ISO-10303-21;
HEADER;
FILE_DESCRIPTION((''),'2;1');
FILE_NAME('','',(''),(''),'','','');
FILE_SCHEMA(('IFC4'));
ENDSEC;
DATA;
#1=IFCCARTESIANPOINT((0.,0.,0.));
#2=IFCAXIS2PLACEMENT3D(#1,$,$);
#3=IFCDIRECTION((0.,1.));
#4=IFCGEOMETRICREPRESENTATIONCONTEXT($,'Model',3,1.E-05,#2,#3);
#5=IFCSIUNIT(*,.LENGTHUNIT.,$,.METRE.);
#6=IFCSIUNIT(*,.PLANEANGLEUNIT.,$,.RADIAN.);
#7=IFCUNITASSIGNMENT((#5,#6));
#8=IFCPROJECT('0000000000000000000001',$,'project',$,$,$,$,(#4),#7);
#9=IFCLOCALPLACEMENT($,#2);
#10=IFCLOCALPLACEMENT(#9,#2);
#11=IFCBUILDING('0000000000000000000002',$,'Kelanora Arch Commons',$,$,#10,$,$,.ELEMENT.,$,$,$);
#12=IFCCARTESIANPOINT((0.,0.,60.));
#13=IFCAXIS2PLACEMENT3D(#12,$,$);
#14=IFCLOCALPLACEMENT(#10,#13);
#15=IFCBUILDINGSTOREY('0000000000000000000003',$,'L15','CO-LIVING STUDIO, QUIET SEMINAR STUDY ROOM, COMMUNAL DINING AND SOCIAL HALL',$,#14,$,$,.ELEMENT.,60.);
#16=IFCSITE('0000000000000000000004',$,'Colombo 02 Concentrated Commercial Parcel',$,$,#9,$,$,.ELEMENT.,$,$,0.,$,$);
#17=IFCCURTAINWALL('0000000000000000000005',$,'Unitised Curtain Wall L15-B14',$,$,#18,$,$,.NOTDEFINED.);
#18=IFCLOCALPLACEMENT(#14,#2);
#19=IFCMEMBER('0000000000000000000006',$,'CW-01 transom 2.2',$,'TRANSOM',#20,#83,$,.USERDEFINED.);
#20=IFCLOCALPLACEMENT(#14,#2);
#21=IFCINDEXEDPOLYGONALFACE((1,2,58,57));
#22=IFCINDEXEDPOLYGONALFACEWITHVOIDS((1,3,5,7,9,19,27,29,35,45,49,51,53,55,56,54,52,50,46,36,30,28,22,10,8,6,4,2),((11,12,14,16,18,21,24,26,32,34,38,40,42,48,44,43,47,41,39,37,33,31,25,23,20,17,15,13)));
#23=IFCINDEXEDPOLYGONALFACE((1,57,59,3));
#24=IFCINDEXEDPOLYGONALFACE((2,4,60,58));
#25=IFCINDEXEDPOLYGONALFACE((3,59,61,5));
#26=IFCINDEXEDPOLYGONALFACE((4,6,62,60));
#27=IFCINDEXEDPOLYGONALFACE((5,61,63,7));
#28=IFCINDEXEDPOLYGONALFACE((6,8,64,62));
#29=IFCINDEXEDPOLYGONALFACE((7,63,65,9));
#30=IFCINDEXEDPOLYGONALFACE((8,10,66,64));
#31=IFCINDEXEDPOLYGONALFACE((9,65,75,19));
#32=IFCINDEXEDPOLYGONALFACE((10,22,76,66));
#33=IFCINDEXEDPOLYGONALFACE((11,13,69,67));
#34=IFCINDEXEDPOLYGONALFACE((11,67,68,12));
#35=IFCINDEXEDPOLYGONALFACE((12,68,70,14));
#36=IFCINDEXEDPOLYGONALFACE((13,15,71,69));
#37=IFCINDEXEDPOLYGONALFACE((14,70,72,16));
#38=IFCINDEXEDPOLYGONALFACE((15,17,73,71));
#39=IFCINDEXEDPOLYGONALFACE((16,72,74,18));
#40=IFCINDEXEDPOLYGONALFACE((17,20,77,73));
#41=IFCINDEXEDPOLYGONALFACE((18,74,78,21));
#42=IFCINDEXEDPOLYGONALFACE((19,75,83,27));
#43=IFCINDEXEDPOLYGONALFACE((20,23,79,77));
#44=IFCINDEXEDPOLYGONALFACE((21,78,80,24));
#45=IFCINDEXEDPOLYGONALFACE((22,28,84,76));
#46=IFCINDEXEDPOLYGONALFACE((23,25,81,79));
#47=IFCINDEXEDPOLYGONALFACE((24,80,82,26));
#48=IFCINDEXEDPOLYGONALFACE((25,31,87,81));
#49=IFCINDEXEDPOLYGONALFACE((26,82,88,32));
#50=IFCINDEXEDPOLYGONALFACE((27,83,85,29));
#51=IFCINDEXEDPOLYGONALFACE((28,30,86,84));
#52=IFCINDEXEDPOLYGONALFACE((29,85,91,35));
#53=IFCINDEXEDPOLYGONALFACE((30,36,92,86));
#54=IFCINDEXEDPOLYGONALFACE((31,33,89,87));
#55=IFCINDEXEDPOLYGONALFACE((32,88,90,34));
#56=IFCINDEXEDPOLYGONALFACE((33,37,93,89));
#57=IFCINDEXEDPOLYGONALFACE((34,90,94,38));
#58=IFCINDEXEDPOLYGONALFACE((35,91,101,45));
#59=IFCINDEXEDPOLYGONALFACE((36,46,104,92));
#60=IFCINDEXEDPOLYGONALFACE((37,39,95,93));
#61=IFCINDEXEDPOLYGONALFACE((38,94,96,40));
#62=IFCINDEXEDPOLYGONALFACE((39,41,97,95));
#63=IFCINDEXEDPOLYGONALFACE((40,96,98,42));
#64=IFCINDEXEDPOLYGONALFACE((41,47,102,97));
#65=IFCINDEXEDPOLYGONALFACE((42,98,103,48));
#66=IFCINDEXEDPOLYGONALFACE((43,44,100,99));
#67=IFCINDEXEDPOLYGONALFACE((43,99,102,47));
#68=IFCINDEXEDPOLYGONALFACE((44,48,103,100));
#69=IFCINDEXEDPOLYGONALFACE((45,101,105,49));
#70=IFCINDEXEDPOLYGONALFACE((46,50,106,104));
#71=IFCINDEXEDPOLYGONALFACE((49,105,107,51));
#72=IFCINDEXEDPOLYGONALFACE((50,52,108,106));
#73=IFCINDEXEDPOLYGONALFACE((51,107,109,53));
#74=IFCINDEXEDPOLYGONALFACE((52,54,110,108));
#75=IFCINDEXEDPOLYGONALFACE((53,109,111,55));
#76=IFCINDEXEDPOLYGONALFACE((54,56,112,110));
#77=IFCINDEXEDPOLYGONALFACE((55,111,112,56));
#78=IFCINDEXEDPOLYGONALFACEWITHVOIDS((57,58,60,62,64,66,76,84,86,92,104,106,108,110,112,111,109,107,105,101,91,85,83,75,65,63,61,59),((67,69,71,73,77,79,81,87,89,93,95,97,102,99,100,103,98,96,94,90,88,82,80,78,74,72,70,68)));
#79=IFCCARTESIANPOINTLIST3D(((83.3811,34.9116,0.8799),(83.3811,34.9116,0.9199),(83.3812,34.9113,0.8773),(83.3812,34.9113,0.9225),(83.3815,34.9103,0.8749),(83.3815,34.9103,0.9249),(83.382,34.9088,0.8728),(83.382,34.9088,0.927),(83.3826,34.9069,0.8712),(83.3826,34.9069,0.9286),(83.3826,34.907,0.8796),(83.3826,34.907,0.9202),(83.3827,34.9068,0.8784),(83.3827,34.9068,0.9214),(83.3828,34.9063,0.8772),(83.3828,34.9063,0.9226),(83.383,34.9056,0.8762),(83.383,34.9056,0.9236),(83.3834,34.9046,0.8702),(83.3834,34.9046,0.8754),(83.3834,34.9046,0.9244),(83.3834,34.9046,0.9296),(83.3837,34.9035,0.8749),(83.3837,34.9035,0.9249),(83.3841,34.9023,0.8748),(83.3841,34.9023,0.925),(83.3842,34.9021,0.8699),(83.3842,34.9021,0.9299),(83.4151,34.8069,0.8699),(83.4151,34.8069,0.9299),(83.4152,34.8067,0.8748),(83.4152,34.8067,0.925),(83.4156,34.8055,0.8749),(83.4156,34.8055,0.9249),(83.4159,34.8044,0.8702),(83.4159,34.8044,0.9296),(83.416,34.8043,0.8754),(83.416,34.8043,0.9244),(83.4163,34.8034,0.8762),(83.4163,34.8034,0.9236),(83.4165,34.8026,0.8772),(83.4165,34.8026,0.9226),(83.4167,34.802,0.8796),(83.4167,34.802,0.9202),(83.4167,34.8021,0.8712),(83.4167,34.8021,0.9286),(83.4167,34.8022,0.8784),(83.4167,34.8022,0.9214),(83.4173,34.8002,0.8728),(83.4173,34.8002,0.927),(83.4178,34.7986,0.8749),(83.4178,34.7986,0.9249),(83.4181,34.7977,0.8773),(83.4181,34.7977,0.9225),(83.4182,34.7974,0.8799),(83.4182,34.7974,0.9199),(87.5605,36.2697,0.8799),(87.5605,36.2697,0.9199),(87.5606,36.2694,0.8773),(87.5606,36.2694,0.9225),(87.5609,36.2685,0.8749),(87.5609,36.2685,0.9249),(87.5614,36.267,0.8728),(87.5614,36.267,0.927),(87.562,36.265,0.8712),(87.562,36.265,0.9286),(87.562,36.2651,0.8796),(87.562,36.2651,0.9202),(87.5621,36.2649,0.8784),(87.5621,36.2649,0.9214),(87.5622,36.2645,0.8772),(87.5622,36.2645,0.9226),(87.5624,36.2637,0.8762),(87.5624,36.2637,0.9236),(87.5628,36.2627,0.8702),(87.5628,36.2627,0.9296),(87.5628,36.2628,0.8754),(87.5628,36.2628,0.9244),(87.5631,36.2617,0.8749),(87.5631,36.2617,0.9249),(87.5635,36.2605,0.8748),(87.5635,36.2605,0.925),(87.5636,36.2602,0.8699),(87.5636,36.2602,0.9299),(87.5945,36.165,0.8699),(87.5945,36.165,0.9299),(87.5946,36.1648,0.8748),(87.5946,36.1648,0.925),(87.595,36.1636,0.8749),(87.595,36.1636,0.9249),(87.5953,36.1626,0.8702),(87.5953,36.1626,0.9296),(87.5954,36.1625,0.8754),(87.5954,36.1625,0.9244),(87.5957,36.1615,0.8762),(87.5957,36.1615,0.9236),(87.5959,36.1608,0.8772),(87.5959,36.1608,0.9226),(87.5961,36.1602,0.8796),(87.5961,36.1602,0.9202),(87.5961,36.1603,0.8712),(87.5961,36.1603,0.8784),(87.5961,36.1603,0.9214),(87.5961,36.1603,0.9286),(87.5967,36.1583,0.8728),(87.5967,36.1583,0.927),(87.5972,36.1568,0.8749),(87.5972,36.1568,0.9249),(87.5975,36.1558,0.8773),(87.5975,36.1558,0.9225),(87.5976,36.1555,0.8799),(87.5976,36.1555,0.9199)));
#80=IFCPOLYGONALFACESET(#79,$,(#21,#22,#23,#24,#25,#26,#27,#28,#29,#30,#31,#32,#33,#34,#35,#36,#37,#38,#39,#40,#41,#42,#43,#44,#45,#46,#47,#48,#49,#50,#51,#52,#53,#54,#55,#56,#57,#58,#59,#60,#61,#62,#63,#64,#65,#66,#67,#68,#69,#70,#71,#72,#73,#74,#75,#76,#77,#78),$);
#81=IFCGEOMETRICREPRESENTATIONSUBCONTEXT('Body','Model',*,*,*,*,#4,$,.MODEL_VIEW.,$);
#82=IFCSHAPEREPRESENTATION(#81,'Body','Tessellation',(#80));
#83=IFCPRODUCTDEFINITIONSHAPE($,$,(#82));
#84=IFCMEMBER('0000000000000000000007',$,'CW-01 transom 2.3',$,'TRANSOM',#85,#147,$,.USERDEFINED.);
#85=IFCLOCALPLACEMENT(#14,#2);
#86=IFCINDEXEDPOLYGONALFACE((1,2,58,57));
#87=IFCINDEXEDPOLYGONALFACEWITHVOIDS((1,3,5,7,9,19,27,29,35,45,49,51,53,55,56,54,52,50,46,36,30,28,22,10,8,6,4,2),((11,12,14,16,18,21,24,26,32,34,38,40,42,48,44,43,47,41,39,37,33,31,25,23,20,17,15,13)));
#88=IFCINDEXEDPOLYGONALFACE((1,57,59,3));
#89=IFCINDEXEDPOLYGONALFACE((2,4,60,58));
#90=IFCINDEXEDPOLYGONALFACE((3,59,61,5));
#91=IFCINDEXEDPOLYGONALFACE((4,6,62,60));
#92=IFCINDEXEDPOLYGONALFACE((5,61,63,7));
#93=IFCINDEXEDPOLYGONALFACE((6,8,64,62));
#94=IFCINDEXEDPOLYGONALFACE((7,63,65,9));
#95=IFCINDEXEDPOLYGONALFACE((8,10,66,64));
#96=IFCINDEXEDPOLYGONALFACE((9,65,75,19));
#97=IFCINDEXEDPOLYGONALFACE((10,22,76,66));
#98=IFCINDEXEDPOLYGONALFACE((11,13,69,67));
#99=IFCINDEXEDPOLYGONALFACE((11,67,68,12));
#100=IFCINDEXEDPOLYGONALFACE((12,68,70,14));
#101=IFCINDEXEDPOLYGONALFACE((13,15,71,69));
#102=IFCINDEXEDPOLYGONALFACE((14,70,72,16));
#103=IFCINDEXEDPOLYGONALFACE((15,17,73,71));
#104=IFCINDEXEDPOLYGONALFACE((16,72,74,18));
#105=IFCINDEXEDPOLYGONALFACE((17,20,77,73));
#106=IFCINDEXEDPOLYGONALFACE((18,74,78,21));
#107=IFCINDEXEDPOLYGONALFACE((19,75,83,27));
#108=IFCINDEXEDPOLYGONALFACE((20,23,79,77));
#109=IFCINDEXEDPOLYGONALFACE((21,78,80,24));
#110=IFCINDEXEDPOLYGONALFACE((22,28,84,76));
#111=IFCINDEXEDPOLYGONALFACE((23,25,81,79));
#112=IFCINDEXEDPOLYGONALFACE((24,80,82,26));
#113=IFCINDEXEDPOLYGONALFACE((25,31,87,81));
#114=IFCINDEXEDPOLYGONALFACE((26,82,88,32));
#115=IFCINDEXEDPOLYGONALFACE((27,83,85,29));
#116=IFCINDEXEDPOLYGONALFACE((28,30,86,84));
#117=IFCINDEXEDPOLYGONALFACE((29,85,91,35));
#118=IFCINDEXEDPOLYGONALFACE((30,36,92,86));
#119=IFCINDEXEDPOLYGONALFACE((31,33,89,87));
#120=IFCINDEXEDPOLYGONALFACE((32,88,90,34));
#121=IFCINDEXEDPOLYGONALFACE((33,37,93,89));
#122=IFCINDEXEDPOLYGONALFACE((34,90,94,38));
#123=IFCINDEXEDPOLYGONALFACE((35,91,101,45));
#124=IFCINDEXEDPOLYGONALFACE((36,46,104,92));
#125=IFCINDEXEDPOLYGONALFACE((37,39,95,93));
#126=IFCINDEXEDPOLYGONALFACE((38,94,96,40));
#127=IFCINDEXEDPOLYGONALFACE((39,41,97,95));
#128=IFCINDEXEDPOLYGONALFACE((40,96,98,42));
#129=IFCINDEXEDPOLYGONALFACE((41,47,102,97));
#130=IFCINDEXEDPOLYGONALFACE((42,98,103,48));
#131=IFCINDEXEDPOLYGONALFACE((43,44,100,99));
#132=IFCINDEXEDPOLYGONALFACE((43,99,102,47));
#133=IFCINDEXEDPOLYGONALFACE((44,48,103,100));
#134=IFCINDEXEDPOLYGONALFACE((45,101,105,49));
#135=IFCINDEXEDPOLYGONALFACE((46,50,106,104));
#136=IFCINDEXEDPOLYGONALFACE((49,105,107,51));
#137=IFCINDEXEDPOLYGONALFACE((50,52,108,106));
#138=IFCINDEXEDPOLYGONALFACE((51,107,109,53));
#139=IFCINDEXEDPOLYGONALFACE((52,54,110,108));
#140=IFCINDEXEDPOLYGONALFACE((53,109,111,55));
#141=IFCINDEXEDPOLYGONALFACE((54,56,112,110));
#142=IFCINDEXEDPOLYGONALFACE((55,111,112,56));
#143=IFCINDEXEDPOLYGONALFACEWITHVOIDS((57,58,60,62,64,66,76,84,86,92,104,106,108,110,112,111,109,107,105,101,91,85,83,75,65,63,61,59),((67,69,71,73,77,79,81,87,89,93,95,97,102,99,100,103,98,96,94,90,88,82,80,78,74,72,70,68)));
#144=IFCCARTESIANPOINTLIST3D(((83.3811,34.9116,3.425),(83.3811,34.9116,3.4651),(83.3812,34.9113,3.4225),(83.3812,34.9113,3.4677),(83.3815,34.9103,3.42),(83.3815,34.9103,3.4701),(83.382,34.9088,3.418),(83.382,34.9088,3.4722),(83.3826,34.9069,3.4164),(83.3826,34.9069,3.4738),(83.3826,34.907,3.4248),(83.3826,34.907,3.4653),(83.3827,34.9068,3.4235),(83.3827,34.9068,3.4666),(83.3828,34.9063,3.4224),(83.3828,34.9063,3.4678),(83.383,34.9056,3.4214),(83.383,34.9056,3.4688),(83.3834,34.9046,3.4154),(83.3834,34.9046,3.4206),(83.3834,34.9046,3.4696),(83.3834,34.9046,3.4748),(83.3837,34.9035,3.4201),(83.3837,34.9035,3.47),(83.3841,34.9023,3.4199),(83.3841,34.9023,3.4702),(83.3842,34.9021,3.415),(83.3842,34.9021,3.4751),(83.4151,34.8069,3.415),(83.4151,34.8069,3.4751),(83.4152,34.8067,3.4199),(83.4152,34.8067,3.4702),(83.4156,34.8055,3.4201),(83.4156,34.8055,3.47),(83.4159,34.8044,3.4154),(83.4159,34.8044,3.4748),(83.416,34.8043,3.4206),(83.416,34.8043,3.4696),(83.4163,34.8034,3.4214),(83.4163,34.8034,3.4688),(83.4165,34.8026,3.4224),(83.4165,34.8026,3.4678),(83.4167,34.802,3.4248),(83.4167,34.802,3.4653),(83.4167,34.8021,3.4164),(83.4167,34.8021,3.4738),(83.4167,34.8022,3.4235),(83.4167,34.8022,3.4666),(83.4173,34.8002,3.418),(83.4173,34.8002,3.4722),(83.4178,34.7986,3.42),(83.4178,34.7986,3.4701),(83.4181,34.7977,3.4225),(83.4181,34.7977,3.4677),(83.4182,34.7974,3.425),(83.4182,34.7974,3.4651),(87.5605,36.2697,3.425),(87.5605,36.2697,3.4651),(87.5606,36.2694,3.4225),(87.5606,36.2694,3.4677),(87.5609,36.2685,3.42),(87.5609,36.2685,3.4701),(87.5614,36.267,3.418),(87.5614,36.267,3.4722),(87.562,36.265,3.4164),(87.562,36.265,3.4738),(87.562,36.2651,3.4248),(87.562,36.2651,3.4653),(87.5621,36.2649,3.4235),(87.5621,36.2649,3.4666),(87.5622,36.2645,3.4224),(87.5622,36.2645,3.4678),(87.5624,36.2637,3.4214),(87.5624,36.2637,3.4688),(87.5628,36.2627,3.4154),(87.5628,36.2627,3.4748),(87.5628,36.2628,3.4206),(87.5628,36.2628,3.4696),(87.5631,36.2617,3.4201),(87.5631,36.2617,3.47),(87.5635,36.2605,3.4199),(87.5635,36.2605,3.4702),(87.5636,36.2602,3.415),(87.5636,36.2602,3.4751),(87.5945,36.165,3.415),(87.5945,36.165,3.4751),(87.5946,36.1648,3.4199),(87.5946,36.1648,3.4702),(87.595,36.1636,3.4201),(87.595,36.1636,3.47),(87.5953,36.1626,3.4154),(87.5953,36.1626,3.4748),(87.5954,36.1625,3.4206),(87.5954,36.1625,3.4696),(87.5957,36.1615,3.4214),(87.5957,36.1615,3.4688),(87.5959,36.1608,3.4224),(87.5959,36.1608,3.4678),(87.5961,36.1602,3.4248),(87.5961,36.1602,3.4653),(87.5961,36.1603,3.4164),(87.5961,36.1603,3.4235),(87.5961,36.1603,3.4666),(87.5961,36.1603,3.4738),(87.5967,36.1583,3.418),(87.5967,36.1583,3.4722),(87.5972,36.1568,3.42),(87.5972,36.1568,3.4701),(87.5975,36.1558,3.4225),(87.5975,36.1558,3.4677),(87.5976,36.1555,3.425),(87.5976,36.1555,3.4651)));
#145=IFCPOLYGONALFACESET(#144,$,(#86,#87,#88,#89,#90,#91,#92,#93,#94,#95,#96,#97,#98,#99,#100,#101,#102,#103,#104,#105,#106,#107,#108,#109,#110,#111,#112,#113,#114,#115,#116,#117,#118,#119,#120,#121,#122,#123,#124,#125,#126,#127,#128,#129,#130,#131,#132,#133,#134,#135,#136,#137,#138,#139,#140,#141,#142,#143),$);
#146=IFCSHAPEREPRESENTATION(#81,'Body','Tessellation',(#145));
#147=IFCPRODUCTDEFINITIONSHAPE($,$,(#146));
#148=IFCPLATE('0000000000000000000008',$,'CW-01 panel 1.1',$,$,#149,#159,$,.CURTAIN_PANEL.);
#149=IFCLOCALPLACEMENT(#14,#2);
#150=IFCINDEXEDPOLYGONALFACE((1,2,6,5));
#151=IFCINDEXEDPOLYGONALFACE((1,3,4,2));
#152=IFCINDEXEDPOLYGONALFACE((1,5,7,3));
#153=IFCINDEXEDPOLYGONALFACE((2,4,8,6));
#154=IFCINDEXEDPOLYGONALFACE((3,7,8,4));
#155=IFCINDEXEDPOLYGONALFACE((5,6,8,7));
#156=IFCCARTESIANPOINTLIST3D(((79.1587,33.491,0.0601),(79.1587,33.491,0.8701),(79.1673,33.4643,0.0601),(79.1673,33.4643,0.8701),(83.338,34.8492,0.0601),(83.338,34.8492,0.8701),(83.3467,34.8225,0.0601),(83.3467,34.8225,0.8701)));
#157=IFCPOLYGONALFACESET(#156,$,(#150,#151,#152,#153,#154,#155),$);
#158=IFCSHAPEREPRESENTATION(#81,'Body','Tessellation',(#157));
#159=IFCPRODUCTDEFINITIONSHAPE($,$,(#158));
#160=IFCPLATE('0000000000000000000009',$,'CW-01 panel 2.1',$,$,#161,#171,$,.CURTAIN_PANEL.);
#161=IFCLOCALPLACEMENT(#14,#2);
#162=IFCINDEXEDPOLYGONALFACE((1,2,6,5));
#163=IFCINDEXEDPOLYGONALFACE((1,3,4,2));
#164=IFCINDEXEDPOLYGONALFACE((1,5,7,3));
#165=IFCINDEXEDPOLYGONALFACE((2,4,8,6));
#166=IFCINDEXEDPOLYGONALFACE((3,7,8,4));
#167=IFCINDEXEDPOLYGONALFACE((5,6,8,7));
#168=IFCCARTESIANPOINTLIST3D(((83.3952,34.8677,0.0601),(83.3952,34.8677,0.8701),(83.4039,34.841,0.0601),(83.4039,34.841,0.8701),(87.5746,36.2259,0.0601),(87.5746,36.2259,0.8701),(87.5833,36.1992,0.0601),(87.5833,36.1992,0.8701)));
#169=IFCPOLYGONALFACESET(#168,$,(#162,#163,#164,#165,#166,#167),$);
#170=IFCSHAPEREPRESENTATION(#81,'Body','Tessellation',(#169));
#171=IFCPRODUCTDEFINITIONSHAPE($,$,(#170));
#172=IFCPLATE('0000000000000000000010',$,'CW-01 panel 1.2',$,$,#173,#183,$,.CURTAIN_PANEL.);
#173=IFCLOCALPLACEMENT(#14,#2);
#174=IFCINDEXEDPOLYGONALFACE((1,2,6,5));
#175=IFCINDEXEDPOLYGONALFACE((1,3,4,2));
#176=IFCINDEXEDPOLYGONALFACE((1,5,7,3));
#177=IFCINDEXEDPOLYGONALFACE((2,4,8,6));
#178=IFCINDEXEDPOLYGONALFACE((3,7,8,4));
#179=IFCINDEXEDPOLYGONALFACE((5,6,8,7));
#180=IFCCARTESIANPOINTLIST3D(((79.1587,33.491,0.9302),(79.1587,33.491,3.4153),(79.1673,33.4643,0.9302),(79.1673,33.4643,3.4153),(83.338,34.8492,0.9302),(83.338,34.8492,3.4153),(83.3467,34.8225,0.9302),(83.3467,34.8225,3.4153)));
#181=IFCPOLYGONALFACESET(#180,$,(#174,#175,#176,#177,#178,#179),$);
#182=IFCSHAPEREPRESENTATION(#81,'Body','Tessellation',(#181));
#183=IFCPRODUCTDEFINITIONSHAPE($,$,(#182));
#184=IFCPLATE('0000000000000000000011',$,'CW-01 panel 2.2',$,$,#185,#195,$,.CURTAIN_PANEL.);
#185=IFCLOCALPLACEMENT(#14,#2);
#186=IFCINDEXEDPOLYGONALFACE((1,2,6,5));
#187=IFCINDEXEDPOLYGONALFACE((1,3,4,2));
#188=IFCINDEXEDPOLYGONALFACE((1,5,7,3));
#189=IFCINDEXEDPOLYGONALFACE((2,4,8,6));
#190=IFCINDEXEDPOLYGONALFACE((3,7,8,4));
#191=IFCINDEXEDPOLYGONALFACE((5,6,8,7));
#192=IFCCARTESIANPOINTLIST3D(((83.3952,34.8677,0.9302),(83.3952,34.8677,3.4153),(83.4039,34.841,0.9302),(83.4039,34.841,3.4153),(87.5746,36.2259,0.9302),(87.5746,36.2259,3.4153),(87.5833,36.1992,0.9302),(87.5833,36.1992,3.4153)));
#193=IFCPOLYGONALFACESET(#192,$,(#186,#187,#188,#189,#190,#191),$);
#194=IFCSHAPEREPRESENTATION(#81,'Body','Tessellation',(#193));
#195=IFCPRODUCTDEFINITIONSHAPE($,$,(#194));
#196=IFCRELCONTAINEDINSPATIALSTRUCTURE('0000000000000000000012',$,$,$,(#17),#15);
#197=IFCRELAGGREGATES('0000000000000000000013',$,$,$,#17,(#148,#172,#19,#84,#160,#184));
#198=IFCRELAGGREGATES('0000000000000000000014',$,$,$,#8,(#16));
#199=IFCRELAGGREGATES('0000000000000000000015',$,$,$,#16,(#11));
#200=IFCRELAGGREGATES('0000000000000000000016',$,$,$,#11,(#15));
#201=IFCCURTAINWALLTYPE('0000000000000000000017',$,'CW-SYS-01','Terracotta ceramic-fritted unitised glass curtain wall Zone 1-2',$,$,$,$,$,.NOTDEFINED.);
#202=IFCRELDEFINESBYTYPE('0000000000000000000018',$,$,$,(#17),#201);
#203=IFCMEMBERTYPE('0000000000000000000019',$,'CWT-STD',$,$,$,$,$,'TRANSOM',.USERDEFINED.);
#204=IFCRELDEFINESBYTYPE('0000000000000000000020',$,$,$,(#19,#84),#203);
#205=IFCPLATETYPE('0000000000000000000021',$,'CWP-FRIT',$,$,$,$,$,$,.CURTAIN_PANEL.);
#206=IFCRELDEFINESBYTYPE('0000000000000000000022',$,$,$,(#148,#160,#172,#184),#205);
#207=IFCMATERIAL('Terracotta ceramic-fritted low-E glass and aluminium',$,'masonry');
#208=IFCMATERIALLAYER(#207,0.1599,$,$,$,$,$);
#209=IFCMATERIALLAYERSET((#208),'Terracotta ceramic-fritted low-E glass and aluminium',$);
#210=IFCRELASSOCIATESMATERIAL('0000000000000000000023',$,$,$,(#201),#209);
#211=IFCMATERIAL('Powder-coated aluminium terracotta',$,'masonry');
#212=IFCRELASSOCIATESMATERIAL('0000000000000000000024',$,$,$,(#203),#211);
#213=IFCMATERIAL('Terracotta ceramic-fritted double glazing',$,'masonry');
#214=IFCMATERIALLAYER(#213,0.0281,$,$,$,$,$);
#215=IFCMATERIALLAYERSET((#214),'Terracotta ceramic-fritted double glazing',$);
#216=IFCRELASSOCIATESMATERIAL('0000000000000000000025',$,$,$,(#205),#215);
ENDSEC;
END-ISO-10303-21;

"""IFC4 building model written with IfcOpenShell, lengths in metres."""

from ifc_helpers import new_model, si_unit, direction, frame, origin, origin_2d, place, context, subcontext, project, spatial, rectangle, hollow_rectangle, extrude, source, transform, mapped, material, layer, layer_set, material_profile, profile_set, type_object, element, aggregate, save


model = new_model("IFC4")

# Units and contexts
model_context = context("Model", 3, precision=1e-05, world=origin(), true_north=direction((0.0, 1.0)))
body_context = subcontext(model_context, "Body", "Model", "MODEL_VIEW")
ifc_project = project(units=[si_unit("LENGTHUNIT", "METRE"), si_unit("PLANEANGLEUNIT", "RADIAN")], contexts=[model_context])

# Site, building, storey
site_placement = place(None, origin())
site = spatial("IfcSite", under=ifc_project, at=site_placement, Name="Colombo 02 Concentrated Commercial Parcel", CompositionType="ELEMENT", RefElevation=0.0)
building_placement = place(site_placement, origin())
building = spatial("IfcBuilding", under=site, at=building_placement, Name="Kelanora Arch Commons", CompositionType="ELEMENT")
storey_placement = place(building_placement, frame((0.0, 0.0, 60.0)))
storey = spatial("IfcBuildingStorey", under=building, at=storey_placement, Name="L15", Description="CO-LIVING STUDIO, QUIET SEMINAR STUDY ROOM, COMMUNAL DINING AND SOCIAL HALL", CompositionType="ELEMENT", Elevation=60.0)

# Curtain wall, members, plates
ifc_material_1 = material(Name="Terracotta ceramic-fritted low-E glass and aluminium", Category="masonry")
ifc_layer_1 = layer(ifc_material_1, 0.1599)
ifc_layer_set_1 = layer_set([ifc_layer_1], Name="Terracotta ceramic-fritted low-E glass and aluminium")
curtain_wall_type = type_object("IfcCurtainWallType", Name="CW-SYS-01", Description="Terracotta ceramic-fritted unitised glass curtain wall Zone 1-2", PredefinedType="NOTDEFINED", material=ifc_layer_set_1)
curtain_wall_placement = place(storey_placement, origin())
curtain_wall = element("IfcCurtainWall", 1, at=curtain_wall_placement, inside=storey, type_object=curtain_wall_type, Name="Unitised Curtain Wall L15-B14", PredefinedType="NOTDEFINED")
ifc_material_2 = material(Name="Powder-coated aluminium terracotta", Category="masonry")
ifc_material_profile_1 = material_profile(ifc_material_2, hollow_rectangle(XDim=0.1201, YDim=0.0601, WallThickness=0.0049, InnerFilletRadius=0.0049, OuterFilletRadius=0.01, at=origin_2d()), Name="CWT120x60")
ifc_profile_set_1 = profile_set([ifc_material_profile_1], Name="Powder-coated aluminium terracotta")
member_type_1 = type_object("IfcMemberType", Name="CWT-STD", ElementType="TRANSOM", PredefinedType="USERDEFINED", material=ifc_profile_set_1)
member_1_placement = place(storey_placement, frame((83.3997, 34.8545, 0.8999), z_axis=(0.951045, 0.309052, 0.0), x_axis=(-0.309052, 0.951045, 0.0)))
member_1 = element("IfcMember", 2, at=member_1_placement, type_object=member_type_1, Name="CW-01 transom 2.2", ObjectType="TRANSOM", PredefinedType="USERDEFINED", context=body_context, shape_type="SweptSolid", body=[
    extrude(hollow_rectangle(XDim=0.1201, YDim=0.0601, WallThickness=0.0049, InnerFilletRadius=0.0049, OuterFilletRadius=0.01, at=origin_2d()), origin(), (0.0, 0.0, 1.0), 4.3945),
])
member_2_placement = place(storey_placement, frame((83.3997, 34.8545, 3.4451), z_axis=(0.951045, 0.309052, 0.0), x_axis=(-0.309052, 0.951045, 0.0)))
member_2 = element("IfcMember", 3, at=member_2_placement, type_object=member_type_1, Name="CW-01 transom 2.3", ObjectType="TRANSOM", PredefinedType="USERDEFINED", context=body_context, shape_type="SweptSolid", body=[
    extrude(hollow_rectangle(XDim=0.1201, YDim=0.0601, WallThickness=0.0049, InnerFilletRadius=0.0049, OuterFilletRadius=0.01, at=origin_2d()), origin(), (0.0, 0.0, 1.0), 4.3945),
])
ifc_material_3 = material(Name="Terracotta ceramic-fritted double glazing", Category="masonry")
ifc_layer_2 = layer(ifc_material_3, 0.0281)
ifc_layer_set_2 = layer_set([ifc_layer_2], Name="Terracotta ceramic-fritted double glazing")
plate_type = type_object("IfcPlateType", Name="CWP-FRIT", PredefinedType="CURTAIN_PANEL", material=ifc_layer_set_2)
shared_shape_1 = source(origin(), body_context, "Body", "SweptSolid", [
    extrude(rectangle(XDim=4.3945, YDim=0.0281, at=origin_2d()), origin(), (0.0, 0.0, 1.0), 0.8101),
])
plate_1_placement = place(storey_placement, frame((81.2527, 34.1567, 0.0601), z_axis=(0.0, 0.0, 1.0), x_axis=(0.951043, 0.309058, 0.0)))
plate_1 = element("IfcPlate", 4, at=plate_1_placement, type_object=plate_type, Name="CW-01 panel 1.1", PredefinedType="CURTAIN_PANEL", context=body_context, shape_type="MappedRepresentation", body=[
    mapped(shared_shape_1, transform((0.0, 0.0, 0.0), scale=1.0)),
])
plate_2_placement = place(storey_placement, frame((85.4893, 35.5334, 0.0601), z_axis=(0.0, 0.0, 1.0), x_axis=(0.951043, 0.309058, 0.0)))
plate_2 = element("IfcPlate", 5, at=plate_2_placement, type_object=plate_type, Name="CW-01 panel 2.1", PredefinedType="CURTAIN_PANEL", context=body_context, shape_type="MappedRepresentation", body=[
    mapped(shared_shape_1, transform((0.0, 0.0, 0.0), scale=1.0)),
])
shared_shape_2 = source(origin(), body_context, "Body", "SweptSolid", [
    extrude(rectangle(XDim=4.3945, YDim=0.0281, at=origin_2d()), origin(), (0.0, 0.0, 1.0), 2.4851),
])
plate_3_placement = place(storey_placement, frame((81.2527, 34.1567, 0.9302), z_axis=(0.0, 0.0, 1.0), x_axis=(0.951043, 0.309058, 0.0)))
plate_3 = element("IfcPlate", 6, at=plate_3_placement, type_object=plate_type, Name="CW-01 panel 1.2", PredefinedType="CURTAIN_PANEL", context=body_context, shape_type="MappedRepresentation", body=[
    mapped(shared_shape_2, transform((0.0, 0.0, 0.0), scale=1.0)),
])
plate_4_placement = place(storey_placement, frame((85.4893, 35.5334, 0.9302), z_axis=(0.0, 0.0, 1.0), x_axis=(0.951043, 0.309058, 0.0)))
plate_4 = element("IfcPlate", 7, at=plate_4_placement, type_object=plate_type, Name="CW-01 panel 2.2", PredefinedType="CURTAIN_PANEL", context=body_context, shape_type="MappedRepresentation", body=[
    mapped(shared_shape_2, transform((0.0, 0.0, 0.0), scale=1.0)),
])
aggregate(curtain_wall, [plate_1, plate_3, member_1, member_2, plate_2, plate_4])

save(model, "model.ifc")
